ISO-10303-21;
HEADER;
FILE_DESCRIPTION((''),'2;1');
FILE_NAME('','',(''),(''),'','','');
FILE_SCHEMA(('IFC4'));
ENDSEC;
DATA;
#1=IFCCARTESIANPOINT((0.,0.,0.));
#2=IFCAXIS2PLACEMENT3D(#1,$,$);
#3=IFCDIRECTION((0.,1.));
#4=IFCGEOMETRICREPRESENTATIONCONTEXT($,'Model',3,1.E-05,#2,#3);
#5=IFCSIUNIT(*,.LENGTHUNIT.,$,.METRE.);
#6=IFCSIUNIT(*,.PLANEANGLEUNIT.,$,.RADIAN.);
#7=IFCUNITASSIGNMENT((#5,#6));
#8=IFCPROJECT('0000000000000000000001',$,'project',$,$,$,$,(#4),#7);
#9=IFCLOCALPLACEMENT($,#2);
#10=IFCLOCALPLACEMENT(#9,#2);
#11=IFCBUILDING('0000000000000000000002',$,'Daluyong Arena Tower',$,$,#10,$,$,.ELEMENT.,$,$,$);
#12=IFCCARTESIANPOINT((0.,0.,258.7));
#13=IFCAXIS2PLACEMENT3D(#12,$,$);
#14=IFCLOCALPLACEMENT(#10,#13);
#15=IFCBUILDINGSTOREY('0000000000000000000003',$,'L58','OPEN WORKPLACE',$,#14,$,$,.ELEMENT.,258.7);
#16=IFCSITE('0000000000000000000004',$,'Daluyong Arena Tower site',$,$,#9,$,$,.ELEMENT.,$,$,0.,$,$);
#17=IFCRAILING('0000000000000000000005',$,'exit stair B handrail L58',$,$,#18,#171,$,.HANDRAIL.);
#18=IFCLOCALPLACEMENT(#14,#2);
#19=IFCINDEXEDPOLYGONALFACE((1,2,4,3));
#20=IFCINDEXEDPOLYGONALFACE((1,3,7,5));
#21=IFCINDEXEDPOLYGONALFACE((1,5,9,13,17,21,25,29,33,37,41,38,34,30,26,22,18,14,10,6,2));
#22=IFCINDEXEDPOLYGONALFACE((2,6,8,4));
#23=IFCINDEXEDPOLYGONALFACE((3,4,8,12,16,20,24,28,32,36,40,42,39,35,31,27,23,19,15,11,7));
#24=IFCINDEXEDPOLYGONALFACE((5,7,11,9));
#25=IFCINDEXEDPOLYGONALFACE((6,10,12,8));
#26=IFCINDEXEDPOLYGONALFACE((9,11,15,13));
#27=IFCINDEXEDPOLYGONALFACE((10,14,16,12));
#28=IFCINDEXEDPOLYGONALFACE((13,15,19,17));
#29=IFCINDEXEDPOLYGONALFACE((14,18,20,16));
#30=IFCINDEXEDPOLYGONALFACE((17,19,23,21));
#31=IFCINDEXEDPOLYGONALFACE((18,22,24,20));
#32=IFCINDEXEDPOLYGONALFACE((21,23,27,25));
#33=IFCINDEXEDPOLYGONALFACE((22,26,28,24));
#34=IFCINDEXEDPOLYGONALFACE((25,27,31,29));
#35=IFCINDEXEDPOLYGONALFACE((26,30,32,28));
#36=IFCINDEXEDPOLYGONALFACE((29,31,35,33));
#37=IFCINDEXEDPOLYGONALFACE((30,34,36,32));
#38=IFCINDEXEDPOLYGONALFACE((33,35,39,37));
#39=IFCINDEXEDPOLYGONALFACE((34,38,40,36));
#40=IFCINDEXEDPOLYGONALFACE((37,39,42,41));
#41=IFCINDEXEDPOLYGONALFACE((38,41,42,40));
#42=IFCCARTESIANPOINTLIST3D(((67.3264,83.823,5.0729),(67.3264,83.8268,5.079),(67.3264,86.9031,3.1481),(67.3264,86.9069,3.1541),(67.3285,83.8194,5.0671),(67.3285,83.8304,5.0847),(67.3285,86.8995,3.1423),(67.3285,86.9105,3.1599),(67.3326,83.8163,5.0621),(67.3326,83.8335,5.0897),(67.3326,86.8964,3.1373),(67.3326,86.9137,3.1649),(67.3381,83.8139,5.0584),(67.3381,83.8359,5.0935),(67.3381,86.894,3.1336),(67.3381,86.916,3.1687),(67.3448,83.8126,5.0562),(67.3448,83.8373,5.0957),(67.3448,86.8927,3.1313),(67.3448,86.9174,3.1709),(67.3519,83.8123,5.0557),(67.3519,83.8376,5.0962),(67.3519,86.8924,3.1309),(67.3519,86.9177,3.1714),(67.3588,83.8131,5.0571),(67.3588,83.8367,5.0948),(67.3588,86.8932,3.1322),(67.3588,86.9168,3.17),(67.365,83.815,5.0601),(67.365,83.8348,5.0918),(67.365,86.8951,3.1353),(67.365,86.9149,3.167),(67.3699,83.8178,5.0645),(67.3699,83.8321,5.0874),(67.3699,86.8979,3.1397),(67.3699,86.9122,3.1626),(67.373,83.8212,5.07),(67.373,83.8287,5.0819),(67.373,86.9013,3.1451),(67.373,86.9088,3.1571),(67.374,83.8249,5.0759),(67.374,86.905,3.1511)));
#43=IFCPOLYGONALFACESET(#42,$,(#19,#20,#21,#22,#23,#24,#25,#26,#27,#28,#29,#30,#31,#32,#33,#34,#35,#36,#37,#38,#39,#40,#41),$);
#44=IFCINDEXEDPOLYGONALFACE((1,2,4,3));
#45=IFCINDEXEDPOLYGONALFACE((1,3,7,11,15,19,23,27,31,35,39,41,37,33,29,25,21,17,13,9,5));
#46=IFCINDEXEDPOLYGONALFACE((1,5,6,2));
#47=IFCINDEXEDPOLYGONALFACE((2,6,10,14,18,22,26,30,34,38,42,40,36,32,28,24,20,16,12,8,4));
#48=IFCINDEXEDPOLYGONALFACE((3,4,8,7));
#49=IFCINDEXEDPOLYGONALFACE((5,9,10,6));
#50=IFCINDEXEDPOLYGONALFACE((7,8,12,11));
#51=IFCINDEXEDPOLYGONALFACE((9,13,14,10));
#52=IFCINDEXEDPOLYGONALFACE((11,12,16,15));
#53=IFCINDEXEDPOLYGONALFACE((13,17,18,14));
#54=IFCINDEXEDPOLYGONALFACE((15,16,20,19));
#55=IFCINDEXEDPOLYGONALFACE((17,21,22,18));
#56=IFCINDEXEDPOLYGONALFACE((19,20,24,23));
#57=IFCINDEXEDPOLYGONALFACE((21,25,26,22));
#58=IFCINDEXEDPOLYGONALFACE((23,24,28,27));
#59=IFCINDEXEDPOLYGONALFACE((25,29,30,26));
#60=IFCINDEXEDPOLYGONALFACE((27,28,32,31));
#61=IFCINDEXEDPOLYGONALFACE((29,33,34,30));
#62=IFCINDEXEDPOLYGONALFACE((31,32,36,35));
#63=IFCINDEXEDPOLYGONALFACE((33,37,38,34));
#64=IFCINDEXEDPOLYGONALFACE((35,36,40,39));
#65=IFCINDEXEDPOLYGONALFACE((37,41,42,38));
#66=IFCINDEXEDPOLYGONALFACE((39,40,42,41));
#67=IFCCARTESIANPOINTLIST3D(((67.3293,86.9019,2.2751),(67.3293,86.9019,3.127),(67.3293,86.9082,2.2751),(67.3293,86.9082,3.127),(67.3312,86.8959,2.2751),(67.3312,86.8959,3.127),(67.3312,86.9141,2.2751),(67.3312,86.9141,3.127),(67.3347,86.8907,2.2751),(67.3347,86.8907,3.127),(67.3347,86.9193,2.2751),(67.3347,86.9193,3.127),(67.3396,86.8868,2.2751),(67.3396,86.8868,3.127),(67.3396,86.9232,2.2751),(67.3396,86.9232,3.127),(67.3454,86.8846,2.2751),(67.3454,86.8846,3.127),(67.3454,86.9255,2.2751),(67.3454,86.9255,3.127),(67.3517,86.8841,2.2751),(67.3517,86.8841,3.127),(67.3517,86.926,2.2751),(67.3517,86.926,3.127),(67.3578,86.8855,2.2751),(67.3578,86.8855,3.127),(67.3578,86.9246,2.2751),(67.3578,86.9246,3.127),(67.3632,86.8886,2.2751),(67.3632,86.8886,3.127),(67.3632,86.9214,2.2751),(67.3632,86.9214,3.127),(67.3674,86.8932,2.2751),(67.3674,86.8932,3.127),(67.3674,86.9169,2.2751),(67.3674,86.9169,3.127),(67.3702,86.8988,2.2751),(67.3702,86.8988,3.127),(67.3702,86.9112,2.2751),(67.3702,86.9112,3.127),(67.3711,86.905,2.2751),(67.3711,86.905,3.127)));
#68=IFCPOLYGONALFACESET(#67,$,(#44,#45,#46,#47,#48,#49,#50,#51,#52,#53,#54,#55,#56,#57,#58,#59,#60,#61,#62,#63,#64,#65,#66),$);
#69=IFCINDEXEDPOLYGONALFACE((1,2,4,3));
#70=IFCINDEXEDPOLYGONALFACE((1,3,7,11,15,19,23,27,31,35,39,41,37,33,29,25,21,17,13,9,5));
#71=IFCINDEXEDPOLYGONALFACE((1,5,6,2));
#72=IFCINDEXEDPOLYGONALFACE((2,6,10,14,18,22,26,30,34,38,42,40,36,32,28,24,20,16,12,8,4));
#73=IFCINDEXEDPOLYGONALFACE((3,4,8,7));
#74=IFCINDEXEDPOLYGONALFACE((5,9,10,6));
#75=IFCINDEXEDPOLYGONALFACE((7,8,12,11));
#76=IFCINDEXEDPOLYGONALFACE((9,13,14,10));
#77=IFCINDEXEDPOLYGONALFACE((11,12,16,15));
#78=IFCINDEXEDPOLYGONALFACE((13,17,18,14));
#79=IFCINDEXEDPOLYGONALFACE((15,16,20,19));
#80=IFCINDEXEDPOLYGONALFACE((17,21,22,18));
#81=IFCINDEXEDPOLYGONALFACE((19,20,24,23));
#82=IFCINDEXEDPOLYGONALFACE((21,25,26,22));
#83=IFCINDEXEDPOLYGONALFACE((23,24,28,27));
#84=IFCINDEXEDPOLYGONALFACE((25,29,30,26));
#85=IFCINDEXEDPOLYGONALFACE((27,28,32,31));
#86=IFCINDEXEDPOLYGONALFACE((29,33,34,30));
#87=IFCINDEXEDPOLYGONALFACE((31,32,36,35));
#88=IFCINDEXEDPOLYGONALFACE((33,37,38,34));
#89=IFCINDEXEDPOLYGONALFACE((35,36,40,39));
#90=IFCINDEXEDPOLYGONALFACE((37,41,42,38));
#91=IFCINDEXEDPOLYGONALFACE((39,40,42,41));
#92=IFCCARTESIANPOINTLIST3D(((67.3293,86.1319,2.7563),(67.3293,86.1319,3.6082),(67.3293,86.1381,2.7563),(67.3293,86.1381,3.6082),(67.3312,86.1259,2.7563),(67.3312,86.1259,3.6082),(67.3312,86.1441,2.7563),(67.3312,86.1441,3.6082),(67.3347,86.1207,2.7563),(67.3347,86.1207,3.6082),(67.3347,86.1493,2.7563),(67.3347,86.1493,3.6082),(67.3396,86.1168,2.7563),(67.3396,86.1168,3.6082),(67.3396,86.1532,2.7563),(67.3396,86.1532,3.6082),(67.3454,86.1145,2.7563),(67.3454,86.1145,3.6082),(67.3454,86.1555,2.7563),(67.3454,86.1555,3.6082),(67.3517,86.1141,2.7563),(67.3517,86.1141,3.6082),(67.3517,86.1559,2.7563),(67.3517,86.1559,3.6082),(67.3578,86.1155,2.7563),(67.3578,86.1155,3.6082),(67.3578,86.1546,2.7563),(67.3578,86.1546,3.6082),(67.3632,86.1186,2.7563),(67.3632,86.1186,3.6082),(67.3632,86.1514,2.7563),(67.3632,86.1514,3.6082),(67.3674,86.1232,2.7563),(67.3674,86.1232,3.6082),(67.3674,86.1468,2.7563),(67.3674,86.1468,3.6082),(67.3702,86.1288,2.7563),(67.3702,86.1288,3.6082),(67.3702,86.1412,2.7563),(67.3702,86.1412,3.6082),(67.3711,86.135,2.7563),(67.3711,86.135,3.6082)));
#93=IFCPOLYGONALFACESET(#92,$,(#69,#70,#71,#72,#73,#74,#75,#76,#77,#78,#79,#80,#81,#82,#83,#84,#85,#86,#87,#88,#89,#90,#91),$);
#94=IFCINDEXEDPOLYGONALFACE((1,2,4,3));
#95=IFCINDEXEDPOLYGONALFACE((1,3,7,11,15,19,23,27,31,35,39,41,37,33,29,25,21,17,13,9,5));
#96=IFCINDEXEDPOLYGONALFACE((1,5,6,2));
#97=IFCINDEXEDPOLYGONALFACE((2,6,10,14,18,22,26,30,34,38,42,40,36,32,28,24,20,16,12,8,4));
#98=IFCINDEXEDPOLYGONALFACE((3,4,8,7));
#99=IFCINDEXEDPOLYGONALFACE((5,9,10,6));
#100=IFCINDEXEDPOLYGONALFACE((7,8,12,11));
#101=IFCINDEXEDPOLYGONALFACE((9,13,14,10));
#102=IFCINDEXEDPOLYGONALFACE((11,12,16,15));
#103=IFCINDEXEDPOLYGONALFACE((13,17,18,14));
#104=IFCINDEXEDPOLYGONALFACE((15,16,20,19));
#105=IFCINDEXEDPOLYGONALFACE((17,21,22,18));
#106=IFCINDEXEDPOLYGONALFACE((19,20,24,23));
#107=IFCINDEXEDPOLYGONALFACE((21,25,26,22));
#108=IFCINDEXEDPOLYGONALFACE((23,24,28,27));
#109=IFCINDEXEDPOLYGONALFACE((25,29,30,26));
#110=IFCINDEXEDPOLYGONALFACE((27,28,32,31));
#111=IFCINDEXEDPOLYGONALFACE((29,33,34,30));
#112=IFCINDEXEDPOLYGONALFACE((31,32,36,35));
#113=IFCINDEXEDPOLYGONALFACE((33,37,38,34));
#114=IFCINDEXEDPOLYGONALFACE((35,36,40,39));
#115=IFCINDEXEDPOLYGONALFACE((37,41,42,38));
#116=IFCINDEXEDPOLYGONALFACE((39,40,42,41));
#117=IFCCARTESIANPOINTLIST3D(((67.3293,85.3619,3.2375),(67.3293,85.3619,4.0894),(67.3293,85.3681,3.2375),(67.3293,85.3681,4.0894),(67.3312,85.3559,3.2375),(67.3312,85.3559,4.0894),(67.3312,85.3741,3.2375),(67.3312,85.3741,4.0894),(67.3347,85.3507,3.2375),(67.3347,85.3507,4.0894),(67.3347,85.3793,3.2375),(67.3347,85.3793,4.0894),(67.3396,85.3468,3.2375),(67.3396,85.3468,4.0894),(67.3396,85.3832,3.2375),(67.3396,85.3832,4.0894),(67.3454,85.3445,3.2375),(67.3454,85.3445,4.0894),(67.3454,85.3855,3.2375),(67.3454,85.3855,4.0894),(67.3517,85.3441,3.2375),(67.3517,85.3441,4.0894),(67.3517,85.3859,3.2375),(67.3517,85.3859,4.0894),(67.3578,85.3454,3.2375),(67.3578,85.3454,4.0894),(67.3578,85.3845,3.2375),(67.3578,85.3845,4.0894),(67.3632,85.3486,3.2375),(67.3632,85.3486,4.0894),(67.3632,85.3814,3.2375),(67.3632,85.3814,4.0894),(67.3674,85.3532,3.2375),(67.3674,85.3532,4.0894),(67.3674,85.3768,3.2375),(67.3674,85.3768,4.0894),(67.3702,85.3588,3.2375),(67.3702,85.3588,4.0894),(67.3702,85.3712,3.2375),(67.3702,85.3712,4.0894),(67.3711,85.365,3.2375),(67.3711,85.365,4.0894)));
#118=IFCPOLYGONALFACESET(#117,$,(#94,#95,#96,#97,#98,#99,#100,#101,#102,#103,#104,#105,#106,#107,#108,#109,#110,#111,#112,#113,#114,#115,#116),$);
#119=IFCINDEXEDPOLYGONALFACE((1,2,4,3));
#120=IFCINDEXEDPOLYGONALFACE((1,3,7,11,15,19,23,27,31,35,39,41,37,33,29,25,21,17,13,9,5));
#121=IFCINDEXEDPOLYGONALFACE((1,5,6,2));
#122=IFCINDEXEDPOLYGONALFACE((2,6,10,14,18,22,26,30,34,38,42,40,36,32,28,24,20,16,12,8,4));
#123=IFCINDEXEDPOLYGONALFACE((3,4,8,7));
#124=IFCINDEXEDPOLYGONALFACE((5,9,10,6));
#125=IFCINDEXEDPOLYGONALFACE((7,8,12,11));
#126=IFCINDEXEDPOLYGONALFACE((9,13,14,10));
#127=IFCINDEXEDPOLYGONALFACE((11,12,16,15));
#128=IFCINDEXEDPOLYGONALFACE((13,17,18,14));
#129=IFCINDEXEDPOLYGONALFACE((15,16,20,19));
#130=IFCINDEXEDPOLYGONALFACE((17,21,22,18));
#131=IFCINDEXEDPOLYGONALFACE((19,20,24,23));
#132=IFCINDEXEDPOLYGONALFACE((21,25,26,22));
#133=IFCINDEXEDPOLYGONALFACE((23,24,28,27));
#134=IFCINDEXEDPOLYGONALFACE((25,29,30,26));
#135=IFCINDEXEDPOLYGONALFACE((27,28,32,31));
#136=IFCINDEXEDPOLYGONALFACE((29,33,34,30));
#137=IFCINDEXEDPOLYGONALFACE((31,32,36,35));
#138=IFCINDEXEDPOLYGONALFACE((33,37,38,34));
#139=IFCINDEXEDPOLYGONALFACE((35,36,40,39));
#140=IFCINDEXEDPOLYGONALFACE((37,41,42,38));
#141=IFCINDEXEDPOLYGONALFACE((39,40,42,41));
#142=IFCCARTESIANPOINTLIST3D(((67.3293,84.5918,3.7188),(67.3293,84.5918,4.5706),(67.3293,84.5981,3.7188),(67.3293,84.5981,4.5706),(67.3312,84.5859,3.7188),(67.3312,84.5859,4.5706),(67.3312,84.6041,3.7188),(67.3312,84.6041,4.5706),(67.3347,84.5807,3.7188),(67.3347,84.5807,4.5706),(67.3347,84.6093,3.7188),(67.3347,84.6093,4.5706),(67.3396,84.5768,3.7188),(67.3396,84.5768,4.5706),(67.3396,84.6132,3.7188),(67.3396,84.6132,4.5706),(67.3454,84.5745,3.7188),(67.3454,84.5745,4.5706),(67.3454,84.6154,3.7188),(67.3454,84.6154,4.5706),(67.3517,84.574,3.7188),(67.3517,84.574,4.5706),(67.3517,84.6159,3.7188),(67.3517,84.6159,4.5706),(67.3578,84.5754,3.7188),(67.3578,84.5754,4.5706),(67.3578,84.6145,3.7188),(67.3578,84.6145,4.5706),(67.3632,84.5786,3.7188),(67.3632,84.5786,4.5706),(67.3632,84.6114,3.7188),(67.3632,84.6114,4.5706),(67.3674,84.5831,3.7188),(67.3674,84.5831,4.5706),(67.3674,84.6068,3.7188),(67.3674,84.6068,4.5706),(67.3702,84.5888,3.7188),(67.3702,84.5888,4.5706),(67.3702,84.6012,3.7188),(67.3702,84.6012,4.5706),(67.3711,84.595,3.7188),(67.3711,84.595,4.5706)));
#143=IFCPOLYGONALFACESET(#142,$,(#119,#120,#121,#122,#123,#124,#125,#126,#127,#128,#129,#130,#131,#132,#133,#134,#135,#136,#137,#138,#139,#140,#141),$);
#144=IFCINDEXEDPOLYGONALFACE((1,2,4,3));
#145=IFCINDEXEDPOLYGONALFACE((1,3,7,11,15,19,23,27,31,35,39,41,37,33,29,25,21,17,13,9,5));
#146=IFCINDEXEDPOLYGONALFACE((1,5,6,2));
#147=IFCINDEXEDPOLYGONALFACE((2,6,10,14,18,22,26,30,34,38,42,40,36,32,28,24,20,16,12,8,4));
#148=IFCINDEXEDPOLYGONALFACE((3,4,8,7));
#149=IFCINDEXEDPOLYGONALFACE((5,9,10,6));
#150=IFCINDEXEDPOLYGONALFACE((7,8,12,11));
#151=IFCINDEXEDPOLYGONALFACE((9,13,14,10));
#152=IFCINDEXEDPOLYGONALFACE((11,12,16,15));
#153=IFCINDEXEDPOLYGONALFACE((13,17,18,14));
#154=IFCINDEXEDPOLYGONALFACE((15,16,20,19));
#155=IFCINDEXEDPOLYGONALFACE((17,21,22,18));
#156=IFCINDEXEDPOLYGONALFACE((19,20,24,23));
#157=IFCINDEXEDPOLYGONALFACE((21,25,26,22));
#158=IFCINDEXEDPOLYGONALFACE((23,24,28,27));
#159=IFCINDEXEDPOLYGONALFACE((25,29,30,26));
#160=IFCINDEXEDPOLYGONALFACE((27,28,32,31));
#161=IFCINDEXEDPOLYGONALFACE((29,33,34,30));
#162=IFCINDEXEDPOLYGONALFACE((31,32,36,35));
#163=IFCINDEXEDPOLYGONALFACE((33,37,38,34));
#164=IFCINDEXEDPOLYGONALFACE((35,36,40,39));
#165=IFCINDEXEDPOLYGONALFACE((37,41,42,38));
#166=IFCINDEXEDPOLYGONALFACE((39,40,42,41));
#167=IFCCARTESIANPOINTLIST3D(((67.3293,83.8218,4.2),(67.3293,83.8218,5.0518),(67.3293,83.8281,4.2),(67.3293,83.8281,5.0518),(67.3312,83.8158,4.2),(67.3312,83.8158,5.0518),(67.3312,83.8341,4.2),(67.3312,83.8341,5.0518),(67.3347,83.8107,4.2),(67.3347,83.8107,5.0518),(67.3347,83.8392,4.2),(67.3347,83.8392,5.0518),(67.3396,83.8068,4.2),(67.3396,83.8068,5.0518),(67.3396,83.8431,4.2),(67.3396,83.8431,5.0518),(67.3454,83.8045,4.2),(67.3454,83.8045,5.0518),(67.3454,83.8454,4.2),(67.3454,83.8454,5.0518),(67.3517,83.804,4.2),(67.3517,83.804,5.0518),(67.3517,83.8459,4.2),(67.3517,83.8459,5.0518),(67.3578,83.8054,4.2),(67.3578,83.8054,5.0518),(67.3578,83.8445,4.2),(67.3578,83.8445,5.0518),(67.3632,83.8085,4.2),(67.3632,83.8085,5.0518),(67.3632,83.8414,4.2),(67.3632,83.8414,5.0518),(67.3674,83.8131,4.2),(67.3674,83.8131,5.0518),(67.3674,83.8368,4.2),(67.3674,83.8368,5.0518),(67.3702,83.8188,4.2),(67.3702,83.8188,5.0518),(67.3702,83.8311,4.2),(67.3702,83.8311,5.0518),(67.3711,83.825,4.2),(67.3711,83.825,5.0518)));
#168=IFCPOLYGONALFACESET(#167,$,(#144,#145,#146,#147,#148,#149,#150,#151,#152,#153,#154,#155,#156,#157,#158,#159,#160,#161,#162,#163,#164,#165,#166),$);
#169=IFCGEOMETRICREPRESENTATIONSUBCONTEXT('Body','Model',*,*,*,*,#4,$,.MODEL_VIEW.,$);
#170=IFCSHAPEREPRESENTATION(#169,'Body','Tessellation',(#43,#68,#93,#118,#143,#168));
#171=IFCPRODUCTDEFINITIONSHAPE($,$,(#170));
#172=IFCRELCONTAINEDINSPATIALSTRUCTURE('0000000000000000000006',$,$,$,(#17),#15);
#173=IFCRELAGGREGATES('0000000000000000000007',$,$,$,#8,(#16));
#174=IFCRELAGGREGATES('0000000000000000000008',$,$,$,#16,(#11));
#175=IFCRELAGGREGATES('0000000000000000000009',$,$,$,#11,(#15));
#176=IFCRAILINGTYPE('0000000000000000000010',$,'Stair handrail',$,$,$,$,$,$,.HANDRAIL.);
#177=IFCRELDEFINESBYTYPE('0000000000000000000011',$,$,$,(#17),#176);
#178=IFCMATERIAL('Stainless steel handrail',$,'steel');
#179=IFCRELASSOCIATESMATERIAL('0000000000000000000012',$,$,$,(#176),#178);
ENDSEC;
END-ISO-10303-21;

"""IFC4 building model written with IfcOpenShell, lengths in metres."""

from ifc_helpers import new_model, si_unit, direction, frame, origin, origin_2d, place, context, subcontext, project, spatial, circle, extrude, material, type_object, element, save


model = new_model("IFC4")

# Units and contexts
model_context = context("Model", 3, precision=1e-05, world=origin(), true_north=direction((0.0, 1.0)))
body_context = subcontext(model_context, "Body", "Model", "MODEL_VIEW")
ifc_project = project(units=[si_unit("LENGTHUNIT", "METRE"), si_unit("PLANEANGLEUNIT", "RADIAN")], contexts=[model_context])

# Site, building, storey
site_placement = place(None, origin())
site = spatial("IfcSite", under=ifc_project, at=site_placement, Name="Daluyong Arena Tower site", CompositionType="ELEMENT", RefElevation=0.0)
building_placement = place(site_placement, origin())
building = spatial("IfcBuilding", under=site, at=building_placement, Name="Daluyong Arena Tower", CompositionType="ELEMENT")
storey_placement = place(building_placement, frame((0.0, 0.0, 258.7)))
storey = spatial("IfcBuildingStorey", under=building, at=storey_placement, Name="L58", Description="OPEN WORKPLACE", CompositionType="ELEMENT", Elevation=258.7)

# Railing
ifc_material_1 = material(Name="Stainless steel handrail", Category="steel")
railing_type_1 = type_object("IfcRailingType", Name="Stair handrail", PredefinedType="HANDRAIL", material=ifc_material_1)
railing_1_placement = place(storey_placement, frame((67.3501, 86.905, 2.2751)))
element("IfcRailing", 1, at=railing_1_placement, inside=storey, type_object=railing_type_1, Name="exit stair B handrail L58", PredefinedType="HANDRAIL", context=body_context, shape_type="SweptSolid", body=[
    extrude(circle(Radius=0.0239, at=origin_2d()), frame((0.0, 0.0, 0.876), z_axis=(0.0, -0.848029, 0.529951), x_axis=(1.0, 0.0, 0.0)), (0.0, 0.0, 1.0), 3.6321),
    extrude(circle(Radius=0.021, at=origin_2d()), origin(), (0.0, 0.0, 1.0), 0.8518),
    extrude(circle(Radius=0.021, at=origin_2d()), frame((0.0, -0.77, 0.4812)), (0.0, 0.0, 1.0), 0.8518),
    extrude(circle(Radius=0.021, at=origin_2d()), frame((0.0, -1.54, 0.9624)), (0.0, 0.0, 1.0), 0.8518),
    extrude(circle(Radius=0.021, at=origin_2d()), frame((0.0, -2.3101, 1.4436)), (0.0, 0.0, 1.0), 0.8518),
    extrude(circle(Radius=0.021, at=origin_2d()), frame((0.0, -3.0801, 1.9248)), (0.0, 0.0, 1.0), 0.8518),
])

save(model, "model.ifc")
